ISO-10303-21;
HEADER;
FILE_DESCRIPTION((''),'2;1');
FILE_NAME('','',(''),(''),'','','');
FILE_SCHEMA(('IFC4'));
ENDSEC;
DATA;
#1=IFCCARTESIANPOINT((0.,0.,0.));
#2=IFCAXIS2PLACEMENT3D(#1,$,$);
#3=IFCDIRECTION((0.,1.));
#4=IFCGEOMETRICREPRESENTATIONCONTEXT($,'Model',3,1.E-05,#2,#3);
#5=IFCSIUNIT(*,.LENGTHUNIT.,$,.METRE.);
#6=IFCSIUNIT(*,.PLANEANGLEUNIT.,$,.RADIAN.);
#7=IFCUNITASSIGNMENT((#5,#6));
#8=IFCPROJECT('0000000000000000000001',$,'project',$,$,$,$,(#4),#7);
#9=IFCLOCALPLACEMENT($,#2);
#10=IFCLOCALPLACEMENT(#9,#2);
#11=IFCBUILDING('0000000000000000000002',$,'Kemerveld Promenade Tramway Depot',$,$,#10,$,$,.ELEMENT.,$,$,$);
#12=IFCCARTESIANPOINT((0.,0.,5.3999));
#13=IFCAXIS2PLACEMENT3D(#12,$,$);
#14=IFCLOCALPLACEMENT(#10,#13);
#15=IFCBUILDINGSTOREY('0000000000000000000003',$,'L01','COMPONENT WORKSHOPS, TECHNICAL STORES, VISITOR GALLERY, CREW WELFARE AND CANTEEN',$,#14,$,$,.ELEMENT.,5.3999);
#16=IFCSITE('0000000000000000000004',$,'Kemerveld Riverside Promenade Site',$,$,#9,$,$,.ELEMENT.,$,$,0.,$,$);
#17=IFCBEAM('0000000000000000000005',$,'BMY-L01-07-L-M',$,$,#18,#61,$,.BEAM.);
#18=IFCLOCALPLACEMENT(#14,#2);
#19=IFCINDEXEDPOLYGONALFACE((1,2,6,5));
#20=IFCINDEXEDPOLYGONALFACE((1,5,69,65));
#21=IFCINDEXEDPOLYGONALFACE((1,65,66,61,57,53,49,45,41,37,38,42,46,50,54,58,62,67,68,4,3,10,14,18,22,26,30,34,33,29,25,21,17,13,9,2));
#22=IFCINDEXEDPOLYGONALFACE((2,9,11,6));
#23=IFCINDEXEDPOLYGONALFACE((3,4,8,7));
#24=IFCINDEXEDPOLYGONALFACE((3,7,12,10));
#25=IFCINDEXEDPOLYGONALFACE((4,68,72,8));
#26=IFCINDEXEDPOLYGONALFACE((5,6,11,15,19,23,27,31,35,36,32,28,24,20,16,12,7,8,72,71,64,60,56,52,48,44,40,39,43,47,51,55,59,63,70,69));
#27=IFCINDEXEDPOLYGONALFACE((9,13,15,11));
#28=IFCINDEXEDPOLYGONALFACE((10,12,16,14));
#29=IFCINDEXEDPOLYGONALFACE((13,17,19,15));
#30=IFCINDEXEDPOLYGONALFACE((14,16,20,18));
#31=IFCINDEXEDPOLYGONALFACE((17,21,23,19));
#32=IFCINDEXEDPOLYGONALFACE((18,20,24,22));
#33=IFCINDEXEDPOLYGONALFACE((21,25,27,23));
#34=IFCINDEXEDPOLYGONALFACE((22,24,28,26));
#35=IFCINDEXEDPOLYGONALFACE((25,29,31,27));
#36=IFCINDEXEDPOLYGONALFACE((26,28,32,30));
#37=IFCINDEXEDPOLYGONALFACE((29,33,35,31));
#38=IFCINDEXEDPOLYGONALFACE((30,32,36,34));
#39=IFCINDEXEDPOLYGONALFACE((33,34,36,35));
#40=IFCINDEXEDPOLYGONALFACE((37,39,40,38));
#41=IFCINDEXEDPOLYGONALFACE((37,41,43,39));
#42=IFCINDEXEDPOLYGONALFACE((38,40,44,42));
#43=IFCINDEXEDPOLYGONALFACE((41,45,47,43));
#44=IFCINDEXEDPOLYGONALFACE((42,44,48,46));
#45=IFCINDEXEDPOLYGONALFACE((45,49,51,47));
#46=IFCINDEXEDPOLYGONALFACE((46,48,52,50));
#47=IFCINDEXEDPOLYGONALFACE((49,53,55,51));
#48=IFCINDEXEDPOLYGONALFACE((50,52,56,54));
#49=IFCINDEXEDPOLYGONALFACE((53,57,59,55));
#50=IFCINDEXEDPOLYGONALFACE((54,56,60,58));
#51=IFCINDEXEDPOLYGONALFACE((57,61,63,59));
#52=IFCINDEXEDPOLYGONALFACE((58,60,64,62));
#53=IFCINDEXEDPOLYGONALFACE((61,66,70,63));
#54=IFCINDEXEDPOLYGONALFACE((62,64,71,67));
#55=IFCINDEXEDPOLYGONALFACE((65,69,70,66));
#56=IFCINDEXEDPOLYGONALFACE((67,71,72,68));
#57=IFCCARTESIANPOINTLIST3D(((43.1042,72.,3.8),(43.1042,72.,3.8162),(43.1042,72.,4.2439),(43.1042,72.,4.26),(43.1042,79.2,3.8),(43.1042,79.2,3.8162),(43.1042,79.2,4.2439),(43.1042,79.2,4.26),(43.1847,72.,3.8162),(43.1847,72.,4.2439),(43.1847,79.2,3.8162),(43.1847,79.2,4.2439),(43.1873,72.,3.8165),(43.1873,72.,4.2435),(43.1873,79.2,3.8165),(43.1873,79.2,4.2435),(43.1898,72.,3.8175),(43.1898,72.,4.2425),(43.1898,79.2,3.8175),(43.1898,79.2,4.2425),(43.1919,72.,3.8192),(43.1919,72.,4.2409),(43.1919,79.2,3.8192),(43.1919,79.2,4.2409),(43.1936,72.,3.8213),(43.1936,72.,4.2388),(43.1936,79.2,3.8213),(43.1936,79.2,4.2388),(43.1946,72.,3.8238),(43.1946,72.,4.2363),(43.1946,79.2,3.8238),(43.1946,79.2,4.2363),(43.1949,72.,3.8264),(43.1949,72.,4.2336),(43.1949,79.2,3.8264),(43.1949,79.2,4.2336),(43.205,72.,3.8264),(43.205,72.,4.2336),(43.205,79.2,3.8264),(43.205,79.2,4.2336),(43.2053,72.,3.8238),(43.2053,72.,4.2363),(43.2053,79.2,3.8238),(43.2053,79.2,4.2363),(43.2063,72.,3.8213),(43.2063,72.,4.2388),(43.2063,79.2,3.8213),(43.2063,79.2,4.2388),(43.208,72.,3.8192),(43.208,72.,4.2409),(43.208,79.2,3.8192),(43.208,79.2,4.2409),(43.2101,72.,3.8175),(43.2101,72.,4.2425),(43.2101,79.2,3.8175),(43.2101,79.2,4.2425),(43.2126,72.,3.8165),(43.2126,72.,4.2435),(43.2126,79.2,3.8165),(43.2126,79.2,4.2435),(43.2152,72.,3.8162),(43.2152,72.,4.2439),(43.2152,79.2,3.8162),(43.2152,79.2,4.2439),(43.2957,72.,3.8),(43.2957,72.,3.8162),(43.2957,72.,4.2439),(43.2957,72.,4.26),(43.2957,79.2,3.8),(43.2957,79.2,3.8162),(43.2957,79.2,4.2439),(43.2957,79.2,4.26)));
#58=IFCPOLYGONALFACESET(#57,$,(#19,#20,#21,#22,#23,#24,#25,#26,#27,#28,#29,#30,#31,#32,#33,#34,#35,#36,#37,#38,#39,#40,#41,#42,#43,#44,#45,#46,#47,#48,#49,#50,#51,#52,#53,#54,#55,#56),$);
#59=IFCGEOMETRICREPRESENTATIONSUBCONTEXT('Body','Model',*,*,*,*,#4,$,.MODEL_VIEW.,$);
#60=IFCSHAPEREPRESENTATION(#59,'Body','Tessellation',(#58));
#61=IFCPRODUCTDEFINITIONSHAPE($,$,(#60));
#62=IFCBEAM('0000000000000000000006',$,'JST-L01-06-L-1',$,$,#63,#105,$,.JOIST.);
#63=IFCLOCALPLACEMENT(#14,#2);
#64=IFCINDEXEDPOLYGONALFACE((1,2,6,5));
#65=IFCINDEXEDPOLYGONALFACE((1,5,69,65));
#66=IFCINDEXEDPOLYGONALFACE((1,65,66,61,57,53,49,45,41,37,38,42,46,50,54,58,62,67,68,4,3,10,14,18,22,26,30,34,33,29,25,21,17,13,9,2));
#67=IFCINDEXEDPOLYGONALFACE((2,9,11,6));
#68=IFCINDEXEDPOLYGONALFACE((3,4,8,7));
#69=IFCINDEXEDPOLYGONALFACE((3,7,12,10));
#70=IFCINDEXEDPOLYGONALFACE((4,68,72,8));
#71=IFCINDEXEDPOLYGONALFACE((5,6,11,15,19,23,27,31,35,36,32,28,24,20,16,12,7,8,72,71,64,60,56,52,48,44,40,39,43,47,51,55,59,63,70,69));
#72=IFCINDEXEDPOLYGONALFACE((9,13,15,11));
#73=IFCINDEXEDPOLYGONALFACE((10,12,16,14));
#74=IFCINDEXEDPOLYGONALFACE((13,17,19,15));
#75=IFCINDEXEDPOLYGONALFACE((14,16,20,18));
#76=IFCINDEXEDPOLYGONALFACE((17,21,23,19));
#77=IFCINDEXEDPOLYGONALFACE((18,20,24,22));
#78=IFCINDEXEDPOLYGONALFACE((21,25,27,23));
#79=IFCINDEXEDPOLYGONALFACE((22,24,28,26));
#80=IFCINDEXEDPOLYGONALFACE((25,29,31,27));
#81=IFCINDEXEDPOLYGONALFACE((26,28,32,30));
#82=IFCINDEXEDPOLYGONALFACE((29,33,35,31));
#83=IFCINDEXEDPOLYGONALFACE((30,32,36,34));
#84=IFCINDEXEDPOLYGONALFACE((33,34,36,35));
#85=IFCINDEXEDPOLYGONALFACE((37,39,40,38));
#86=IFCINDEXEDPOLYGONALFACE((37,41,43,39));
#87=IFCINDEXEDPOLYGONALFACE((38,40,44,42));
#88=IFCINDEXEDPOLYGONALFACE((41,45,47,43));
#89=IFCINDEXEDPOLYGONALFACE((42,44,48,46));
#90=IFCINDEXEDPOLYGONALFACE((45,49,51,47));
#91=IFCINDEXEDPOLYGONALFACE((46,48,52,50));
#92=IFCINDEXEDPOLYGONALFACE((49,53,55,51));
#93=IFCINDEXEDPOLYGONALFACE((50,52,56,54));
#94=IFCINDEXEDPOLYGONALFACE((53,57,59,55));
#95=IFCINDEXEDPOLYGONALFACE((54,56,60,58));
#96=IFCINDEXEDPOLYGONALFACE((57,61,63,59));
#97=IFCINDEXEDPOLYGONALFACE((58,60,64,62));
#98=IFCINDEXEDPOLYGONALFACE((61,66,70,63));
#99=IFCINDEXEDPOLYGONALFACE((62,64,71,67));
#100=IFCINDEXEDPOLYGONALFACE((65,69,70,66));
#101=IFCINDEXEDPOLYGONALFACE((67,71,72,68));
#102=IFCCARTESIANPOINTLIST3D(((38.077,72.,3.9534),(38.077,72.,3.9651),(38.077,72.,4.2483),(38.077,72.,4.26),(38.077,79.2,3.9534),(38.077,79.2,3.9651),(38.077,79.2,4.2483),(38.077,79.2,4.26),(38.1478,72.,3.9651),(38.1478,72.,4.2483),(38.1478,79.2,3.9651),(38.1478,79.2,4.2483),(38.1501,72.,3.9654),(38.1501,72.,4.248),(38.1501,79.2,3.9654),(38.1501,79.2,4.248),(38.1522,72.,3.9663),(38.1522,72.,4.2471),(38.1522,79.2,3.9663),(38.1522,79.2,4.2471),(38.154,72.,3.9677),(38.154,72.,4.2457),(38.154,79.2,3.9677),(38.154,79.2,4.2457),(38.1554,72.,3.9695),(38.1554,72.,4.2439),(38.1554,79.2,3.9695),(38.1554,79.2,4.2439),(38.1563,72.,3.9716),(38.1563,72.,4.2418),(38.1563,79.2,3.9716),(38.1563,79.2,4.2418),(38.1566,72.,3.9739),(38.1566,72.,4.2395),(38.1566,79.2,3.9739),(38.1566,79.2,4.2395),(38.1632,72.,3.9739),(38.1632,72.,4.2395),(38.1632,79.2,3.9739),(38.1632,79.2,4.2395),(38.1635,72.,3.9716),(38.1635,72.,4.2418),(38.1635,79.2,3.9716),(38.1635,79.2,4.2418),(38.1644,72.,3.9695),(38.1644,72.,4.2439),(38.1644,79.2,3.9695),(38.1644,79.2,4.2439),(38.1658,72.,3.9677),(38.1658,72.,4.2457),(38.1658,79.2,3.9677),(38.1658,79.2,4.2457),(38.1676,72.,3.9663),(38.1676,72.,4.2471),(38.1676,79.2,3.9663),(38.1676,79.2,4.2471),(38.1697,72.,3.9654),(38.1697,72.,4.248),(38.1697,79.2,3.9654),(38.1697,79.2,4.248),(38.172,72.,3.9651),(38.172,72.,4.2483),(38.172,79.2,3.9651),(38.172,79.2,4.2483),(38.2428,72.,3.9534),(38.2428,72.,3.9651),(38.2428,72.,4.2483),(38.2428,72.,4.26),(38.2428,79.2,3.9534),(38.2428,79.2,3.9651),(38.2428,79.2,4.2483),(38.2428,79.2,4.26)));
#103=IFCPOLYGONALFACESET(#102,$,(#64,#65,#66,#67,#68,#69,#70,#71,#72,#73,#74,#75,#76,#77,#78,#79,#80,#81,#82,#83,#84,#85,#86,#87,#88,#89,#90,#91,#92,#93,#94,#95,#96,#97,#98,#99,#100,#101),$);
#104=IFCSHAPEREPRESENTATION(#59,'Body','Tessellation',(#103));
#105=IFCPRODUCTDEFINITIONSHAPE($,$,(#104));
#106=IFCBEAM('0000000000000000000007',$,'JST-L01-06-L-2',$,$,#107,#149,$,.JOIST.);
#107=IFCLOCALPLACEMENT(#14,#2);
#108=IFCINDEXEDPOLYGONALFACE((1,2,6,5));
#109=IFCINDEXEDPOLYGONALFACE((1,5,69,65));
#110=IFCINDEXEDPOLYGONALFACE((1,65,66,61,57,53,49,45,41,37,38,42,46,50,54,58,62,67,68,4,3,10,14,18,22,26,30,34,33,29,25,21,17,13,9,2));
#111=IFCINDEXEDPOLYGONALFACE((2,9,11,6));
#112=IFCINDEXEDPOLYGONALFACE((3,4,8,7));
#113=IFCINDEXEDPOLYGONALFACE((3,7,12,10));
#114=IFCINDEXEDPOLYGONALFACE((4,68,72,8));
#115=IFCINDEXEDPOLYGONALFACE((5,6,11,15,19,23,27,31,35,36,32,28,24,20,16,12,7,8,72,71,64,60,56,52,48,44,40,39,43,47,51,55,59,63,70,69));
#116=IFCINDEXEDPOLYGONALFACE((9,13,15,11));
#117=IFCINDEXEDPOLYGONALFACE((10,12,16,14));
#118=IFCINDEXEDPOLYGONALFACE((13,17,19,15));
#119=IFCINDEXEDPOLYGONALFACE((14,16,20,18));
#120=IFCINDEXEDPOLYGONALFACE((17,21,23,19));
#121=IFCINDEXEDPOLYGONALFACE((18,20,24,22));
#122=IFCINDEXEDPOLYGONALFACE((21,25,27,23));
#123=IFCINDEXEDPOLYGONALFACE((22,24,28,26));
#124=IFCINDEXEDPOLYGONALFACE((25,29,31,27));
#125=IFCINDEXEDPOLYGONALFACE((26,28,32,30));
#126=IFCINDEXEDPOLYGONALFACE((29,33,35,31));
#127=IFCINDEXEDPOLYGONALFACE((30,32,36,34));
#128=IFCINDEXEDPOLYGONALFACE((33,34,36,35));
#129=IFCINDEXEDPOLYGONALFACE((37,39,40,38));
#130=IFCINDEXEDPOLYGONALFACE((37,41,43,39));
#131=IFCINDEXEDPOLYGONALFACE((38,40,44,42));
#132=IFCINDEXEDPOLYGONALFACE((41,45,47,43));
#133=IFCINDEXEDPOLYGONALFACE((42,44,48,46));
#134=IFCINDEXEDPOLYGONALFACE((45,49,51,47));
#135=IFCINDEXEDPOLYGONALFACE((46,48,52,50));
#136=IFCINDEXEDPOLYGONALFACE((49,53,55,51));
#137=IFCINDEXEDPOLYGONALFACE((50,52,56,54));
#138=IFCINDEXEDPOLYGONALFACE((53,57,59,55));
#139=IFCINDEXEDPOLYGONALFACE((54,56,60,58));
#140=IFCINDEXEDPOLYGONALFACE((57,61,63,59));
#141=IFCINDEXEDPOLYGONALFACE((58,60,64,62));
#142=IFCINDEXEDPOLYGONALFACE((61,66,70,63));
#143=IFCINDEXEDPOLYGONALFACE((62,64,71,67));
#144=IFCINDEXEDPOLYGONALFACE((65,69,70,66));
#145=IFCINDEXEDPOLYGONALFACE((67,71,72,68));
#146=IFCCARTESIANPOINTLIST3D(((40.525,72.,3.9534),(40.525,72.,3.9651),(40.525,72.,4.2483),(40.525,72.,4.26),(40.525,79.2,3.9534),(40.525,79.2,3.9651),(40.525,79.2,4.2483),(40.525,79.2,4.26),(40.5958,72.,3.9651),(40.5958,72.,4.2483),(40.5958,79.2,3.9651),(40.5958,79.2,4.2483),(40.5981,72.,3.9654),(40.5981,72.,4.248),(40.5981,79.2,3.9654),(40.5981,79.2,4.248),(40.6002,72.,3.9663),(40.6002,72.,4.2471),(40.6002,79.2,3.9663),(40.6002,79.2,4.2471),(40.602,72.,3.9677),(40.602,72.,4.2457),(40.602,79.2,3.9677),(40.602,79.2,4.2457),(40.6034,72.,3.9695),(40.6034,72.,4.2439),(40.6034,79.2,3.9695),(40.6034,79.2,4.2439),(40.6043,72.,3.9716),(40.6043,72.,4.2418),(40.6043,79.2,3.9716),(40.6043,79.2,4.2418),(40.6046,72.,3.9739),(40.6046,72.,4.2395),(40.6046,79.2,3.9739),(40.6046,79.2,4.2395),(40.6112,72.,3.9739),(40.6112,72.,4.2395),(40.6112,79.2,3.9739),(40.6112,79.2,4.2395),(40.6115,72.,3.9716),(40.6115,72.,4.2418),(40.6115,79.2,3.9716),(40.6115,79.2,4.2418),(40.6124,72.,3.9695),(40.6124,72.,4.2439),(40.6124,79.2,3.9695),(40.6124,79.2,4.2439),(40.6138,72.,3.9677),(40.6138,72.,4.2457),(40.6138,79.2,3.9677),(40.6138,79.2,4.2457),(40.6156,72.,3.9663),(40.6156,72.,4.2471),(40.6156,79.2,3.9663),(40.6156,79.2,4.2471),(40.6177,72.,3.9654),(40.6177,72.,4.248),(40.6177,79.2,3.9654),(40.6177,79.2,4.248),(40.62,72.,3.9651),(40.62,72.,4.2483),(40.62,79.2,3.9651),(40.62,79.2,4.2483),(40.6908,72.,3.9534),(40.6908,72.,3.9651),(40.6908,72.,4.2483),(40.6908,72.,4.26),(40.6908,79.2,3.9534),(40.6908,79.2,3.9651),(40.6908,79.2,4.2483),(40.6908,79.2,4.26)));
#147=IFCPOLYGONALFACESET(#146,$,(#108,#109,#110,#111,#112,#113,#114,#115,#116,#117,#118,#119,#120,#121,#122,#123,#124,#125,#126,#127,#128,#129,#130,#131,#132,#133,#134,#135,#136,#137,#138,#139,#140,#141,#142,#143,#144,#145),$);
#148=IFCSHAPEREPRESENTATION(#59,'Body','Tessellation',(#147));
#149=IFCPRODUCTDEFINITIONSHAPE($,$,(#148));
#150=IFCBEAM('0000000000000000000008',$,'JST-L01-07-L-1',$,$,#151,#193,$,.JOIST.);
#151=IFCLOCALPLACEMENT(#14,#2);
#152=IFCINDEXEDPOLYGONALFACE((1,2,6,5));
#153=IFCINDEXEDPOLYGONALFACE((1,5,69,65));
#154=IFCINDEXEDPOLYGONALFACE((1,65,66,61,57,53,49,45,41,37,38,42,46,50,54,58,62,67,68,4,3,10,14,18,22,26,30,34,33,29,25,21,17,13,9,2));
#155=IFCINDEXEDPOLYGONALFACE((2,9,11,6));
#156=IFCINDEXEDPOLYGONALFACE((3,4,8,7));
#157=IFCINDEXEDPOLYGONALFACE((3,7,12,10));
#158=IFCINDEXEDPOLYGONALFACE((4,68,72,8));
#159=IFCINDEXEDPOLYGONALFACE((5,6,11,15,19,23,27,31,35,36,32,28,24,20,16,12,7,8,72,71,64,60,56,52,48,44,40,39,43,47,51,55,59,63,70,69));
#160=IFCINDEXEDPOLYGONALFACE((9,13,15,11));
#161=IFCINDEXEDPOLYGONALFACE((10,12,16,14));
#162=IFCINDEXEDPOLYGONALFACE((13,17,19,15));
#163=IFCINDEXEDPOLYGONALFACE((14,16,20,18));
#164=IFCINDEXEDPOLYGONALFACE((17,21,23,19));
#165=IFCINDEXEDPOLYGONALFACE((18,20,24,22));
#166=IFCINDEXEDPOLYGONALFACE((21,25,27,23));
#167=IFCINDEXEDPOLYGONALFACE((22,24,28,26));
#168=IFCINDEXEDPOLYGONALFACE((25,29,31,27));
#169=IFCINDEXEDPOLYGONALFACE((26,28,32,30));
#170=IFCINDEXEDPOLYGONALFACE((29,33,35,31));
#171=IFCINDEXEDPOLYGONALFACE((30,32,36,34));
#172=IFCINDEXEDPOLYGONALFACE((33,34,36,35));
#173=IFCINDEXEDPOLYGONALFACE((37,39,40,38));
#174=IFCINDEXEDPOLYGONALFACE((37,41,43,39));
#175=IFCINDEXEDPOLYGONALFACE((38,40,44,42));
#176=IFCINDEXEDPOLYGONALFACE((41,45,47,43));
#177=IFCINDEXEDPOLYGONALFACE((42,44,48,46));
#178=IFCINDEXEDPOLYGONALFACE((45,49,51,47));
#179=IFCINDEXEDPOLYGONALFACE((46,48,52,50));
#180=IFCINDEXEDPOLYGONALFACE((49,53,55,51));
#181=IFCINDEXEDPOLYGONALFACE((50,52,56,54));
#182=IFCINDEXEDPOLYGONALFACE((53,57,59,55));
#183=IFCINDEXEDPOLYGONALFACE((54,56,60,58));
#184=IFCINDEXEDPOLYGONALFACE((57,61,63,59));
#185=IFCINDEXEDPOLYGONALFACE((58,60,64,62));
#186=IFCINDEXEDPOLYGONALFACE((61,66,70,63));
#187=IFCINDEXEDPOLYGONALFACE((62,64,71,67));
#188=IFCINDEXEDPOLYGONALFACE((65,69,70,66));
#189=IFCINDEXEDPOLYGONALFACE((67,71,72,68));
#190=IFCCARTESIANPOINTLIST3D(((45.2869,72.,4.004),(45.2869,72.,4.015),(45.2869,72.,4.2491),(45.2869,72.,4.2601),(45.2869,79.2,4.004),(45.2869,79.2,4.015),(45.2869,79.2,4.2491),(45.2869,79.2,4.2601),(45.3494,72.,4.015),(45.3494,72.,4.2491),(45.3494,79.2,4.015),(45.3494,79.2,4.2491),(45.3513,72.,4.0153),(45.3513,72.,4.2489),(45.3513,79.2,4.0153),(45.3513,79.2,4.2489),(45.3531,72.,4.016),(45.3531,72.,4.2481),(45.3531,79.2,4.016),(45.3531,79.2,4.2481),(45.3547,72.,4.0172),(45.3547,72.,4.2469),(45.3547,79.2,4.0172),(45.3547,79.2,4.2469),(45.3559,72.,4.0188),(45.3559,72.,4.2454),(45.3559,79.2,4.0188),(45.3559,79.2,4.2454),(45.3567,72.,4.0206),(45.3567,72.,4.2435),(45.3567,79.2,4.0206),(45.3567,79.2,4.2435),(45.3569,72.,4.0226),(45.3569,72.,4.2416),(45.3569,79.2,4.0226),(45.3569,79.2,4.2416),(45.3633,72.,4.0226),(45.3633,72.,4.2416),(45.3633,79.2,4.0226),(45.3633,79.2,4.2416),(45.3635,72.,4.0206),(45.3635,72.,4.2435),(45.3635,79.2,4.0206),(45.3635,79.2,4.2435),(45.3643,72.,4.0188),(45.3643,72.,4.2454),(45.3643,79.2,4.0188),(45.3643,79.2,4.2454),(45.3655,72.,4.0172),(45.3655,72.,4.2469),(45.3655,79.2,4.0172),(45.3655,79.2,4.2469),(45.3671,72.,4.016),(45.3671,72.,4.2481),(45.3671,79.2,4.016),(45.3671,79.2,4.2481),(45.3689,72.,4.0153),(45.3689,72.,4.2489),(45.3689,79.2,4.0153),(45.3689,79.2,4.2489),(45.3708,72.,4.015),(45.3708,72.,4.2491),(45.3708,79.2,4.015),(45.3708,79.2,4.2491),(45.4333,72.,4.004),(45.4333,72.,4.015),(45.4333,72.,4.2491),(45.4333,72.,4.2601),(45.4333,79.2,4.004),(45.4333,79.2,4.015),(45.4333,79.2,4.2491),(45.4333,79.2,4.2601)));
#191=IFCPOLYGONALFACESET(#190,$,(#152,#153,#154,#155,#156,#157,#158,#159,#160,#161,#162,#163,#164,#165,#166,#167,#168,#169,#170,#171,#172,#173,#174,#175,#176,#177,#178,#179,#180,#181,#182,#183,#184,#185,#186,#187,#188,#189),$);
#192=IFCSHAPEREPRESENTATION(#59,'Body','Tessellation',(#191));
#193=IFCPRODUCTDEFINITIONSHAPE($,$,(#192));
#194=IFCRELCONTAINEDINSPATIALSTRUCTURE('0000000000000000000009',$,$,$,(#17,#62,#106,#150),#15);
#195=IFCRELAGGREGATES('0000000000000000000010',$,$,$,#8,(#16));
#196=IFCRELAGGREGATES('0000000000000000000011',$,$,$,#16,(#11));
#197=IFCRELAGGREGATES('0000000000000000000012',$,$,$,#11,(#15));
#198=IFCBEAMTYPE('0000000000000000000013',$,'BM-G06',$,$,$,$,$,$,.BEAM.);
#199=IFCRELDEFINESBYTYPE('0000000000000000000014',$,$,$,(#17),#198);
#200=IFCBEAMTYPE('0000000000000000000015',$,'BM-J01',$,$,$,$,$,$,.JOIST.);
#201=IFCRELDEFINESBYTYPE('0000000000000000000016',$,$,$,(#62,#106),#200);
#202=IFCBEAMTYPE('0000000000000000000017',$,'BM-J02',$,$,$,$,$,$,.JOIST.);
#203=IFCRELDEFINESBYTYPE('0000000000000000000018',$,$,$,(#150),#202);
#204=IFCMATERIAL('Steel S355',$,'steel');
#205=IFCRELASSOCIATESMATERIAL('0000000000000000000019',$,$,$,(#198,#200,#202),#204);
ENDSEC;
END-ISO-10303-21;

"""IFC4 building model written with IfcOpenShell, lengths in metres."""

from ifc_helpers import new_model, si_unit, direction, frame, origin, origin_2d, place, context, subcontext, project, spatial, i_section, extrude, material, material_profile, profile_set, type_object, element, save


model = new_model("IFC4")

# Units and contexts
model_context = context("Model", 3, precision=1e-05, world=origin(), true_north=direction((0.0, 1.0)))
body_context = subcontext(model_context, "Body", "Model", "MODEL_VIEW")
ifc_project = project(units=[si_unit("LENGTHUNIT", "METRE"), si_unit("PLANEANGLEUNIT", "RADIAN")], contexts=[model_context])

# Site, building, storey
site_placement = place(None, origin())
site = spatial("IfcSite", under=ifc_project, at=site_placement, Name="Kemerveld Riverside Promenade Site", CompositionType="ELEMENT", RefElevation=0.0)
building_placement = place(site_placement, origin())
building = spatial("IfcBuilding", under=site, at=building_placement, Name="Kemerveld Promenade Tramway Depot", CompositionType="ELEMENT")
storey_placement = place(building_placement, frame((0.0, 0.0, 5.3999)))
storey = spatial("IfcBuildingStorey", under=building, at=storey_placement, Name="L01", Description="COMPONENT WORKSHOPS, TECHNICAL STORES, VISITOR GALLERY, CREW WELFARE AND CANTEEN", CompositionType="ELEMENT", Elevation=5.3999)

# Shared definitions
ifc_material_1 = material(Name="Steel S355", Category="steel")

# Beams
ifc_material_profile_1 = material_profile(ifc_material_1, i_section(OverallWidth=0.1914, OverallDepth=0.46, WebThickness=0.01, FlangeThickness=0.0161, FilletRadius=0.0103, at=origin_2d()), Name="457x191x82 UB")
ifc_profile_set_1 = profile_set([ifc_material_profile_1], Name="Steel S355")
beam_type_1 = type_object("IfcBeamType", Name="BM-G06", PredefinedType="BEAM", material=ifc_profile_set_1)
for number, where, z_axis, x_axis, name in (
    (1, (43.2, 72.0, 4.03), (0.0, 1.0, 0.0), (-1.0, 0.0, 0.0), "BMY-L01-07-L-M"),
):
    element("IfcBeam", number, at=place(storey_placement, frame(where, z_axis=z_axis, x_axis=x_axis)), inside=storey, type_object=beam_type_1, Name=name, PredefinedType="BEAM", context=body_context, shape_type="SweptSolid", body=[
        extrude(i_section(OverallWidth=0.1914, OverallDepth=0.46, WebThickness=0.01, FlangeThickness=0.0161, FilletRadius=0.0103, at=origin_2d()), origin(), (0.0, 0.0, 1.0), 7.2),
    ])
ifc_material_profile_2 = material_profile(ifc_material_1, i_section(OverallWidth=0.1658, OverallDepth=0.3066, WebThickness=0.0066, FlangeThickness=0.0117, FilletRadius=0.0088, at=origin_2d()), Name="305x165x46 UB")
ifc_profile_set_2 = profile_set([ifc_material_profile_2], Name="Steel S355")
beam_type_2 = type_object("IfcBeamType", Name="BM-J01", PredefinedType="JOIST", material=ifc_profile_set_2)
for number, where, z_axis, x_axis, name in (
    (2, (38.1599, 72.0, 4.1067), (0.0, 1.0, 0.0), (-1.0, 0.0, 0.0), "JST-L01-06-L-1"),
    (3, (40.6079, 72.0, 4.1067), (0.0, 1.0, 0.0), (-1.0, 0.0, 0.0), "JST-L01-06-L-2"),
):
    element("IfcBeam", number, at=place(storey_placement, frame(where, z_axis=z_axis, x_axis=x_axis)), inside=storey, type_object=beam_type_2, Name=name, PredefinedType="JOIST", context=body_context, shape_type="SweptSolid", body=[
        extrude(i_section(OverallWidth=0.1658, OverallDepth=0.3066, WebThickness=0.0066, FlangeThickness=0.0117, FilletRadius=0.0088, at=origin_2d()), origin(), (0.0, 0.0, 1.0), 7.2),
    ])
ifc_material_profile_3 = material_profile(ifc_material_1, i_section(OverallWidth=0.1465, OverallDepth=0.2561, WebThickness=0.0063, FlangeThickness=0.011, FilletRadius=0.0076, at=origin_2d()), Name="254x146x37 UB")
ifc_profile_set_3 = profile_set([ifc_material_profile_3], Name="Steel S355")
beam_type_3 = type_object("IfcBeamType", Name="BM-J02", PredefinedType="JOIST", material=ifc_profile_set_3)
beam_1_placement = place(storey_placement, frame((45.3601, 72.0, 4.1321), z_axis=(0.0, 1.0, 0.0), x_axis=(-1.0, 0.0, 0.0)))
element("IfcBeam", 4, at=beam_1_placement, inside=storey, type_object=beam_type_3, Name="JST-L01-07-L-1", PredefinedType="JOIST", context=body_context, shape_type="SweptSolid", body=[
    extrude(i_section(OverallWidth=0.1465, OverallDepth=0.2561, WebThickness=0.0063, FlangeThickness=0.011, FilletRadius=0.0076, at=origin_2d()), origin(), (0.0, 0.0, 1.0), 7.2),
])

save(model, "model.ifc")
